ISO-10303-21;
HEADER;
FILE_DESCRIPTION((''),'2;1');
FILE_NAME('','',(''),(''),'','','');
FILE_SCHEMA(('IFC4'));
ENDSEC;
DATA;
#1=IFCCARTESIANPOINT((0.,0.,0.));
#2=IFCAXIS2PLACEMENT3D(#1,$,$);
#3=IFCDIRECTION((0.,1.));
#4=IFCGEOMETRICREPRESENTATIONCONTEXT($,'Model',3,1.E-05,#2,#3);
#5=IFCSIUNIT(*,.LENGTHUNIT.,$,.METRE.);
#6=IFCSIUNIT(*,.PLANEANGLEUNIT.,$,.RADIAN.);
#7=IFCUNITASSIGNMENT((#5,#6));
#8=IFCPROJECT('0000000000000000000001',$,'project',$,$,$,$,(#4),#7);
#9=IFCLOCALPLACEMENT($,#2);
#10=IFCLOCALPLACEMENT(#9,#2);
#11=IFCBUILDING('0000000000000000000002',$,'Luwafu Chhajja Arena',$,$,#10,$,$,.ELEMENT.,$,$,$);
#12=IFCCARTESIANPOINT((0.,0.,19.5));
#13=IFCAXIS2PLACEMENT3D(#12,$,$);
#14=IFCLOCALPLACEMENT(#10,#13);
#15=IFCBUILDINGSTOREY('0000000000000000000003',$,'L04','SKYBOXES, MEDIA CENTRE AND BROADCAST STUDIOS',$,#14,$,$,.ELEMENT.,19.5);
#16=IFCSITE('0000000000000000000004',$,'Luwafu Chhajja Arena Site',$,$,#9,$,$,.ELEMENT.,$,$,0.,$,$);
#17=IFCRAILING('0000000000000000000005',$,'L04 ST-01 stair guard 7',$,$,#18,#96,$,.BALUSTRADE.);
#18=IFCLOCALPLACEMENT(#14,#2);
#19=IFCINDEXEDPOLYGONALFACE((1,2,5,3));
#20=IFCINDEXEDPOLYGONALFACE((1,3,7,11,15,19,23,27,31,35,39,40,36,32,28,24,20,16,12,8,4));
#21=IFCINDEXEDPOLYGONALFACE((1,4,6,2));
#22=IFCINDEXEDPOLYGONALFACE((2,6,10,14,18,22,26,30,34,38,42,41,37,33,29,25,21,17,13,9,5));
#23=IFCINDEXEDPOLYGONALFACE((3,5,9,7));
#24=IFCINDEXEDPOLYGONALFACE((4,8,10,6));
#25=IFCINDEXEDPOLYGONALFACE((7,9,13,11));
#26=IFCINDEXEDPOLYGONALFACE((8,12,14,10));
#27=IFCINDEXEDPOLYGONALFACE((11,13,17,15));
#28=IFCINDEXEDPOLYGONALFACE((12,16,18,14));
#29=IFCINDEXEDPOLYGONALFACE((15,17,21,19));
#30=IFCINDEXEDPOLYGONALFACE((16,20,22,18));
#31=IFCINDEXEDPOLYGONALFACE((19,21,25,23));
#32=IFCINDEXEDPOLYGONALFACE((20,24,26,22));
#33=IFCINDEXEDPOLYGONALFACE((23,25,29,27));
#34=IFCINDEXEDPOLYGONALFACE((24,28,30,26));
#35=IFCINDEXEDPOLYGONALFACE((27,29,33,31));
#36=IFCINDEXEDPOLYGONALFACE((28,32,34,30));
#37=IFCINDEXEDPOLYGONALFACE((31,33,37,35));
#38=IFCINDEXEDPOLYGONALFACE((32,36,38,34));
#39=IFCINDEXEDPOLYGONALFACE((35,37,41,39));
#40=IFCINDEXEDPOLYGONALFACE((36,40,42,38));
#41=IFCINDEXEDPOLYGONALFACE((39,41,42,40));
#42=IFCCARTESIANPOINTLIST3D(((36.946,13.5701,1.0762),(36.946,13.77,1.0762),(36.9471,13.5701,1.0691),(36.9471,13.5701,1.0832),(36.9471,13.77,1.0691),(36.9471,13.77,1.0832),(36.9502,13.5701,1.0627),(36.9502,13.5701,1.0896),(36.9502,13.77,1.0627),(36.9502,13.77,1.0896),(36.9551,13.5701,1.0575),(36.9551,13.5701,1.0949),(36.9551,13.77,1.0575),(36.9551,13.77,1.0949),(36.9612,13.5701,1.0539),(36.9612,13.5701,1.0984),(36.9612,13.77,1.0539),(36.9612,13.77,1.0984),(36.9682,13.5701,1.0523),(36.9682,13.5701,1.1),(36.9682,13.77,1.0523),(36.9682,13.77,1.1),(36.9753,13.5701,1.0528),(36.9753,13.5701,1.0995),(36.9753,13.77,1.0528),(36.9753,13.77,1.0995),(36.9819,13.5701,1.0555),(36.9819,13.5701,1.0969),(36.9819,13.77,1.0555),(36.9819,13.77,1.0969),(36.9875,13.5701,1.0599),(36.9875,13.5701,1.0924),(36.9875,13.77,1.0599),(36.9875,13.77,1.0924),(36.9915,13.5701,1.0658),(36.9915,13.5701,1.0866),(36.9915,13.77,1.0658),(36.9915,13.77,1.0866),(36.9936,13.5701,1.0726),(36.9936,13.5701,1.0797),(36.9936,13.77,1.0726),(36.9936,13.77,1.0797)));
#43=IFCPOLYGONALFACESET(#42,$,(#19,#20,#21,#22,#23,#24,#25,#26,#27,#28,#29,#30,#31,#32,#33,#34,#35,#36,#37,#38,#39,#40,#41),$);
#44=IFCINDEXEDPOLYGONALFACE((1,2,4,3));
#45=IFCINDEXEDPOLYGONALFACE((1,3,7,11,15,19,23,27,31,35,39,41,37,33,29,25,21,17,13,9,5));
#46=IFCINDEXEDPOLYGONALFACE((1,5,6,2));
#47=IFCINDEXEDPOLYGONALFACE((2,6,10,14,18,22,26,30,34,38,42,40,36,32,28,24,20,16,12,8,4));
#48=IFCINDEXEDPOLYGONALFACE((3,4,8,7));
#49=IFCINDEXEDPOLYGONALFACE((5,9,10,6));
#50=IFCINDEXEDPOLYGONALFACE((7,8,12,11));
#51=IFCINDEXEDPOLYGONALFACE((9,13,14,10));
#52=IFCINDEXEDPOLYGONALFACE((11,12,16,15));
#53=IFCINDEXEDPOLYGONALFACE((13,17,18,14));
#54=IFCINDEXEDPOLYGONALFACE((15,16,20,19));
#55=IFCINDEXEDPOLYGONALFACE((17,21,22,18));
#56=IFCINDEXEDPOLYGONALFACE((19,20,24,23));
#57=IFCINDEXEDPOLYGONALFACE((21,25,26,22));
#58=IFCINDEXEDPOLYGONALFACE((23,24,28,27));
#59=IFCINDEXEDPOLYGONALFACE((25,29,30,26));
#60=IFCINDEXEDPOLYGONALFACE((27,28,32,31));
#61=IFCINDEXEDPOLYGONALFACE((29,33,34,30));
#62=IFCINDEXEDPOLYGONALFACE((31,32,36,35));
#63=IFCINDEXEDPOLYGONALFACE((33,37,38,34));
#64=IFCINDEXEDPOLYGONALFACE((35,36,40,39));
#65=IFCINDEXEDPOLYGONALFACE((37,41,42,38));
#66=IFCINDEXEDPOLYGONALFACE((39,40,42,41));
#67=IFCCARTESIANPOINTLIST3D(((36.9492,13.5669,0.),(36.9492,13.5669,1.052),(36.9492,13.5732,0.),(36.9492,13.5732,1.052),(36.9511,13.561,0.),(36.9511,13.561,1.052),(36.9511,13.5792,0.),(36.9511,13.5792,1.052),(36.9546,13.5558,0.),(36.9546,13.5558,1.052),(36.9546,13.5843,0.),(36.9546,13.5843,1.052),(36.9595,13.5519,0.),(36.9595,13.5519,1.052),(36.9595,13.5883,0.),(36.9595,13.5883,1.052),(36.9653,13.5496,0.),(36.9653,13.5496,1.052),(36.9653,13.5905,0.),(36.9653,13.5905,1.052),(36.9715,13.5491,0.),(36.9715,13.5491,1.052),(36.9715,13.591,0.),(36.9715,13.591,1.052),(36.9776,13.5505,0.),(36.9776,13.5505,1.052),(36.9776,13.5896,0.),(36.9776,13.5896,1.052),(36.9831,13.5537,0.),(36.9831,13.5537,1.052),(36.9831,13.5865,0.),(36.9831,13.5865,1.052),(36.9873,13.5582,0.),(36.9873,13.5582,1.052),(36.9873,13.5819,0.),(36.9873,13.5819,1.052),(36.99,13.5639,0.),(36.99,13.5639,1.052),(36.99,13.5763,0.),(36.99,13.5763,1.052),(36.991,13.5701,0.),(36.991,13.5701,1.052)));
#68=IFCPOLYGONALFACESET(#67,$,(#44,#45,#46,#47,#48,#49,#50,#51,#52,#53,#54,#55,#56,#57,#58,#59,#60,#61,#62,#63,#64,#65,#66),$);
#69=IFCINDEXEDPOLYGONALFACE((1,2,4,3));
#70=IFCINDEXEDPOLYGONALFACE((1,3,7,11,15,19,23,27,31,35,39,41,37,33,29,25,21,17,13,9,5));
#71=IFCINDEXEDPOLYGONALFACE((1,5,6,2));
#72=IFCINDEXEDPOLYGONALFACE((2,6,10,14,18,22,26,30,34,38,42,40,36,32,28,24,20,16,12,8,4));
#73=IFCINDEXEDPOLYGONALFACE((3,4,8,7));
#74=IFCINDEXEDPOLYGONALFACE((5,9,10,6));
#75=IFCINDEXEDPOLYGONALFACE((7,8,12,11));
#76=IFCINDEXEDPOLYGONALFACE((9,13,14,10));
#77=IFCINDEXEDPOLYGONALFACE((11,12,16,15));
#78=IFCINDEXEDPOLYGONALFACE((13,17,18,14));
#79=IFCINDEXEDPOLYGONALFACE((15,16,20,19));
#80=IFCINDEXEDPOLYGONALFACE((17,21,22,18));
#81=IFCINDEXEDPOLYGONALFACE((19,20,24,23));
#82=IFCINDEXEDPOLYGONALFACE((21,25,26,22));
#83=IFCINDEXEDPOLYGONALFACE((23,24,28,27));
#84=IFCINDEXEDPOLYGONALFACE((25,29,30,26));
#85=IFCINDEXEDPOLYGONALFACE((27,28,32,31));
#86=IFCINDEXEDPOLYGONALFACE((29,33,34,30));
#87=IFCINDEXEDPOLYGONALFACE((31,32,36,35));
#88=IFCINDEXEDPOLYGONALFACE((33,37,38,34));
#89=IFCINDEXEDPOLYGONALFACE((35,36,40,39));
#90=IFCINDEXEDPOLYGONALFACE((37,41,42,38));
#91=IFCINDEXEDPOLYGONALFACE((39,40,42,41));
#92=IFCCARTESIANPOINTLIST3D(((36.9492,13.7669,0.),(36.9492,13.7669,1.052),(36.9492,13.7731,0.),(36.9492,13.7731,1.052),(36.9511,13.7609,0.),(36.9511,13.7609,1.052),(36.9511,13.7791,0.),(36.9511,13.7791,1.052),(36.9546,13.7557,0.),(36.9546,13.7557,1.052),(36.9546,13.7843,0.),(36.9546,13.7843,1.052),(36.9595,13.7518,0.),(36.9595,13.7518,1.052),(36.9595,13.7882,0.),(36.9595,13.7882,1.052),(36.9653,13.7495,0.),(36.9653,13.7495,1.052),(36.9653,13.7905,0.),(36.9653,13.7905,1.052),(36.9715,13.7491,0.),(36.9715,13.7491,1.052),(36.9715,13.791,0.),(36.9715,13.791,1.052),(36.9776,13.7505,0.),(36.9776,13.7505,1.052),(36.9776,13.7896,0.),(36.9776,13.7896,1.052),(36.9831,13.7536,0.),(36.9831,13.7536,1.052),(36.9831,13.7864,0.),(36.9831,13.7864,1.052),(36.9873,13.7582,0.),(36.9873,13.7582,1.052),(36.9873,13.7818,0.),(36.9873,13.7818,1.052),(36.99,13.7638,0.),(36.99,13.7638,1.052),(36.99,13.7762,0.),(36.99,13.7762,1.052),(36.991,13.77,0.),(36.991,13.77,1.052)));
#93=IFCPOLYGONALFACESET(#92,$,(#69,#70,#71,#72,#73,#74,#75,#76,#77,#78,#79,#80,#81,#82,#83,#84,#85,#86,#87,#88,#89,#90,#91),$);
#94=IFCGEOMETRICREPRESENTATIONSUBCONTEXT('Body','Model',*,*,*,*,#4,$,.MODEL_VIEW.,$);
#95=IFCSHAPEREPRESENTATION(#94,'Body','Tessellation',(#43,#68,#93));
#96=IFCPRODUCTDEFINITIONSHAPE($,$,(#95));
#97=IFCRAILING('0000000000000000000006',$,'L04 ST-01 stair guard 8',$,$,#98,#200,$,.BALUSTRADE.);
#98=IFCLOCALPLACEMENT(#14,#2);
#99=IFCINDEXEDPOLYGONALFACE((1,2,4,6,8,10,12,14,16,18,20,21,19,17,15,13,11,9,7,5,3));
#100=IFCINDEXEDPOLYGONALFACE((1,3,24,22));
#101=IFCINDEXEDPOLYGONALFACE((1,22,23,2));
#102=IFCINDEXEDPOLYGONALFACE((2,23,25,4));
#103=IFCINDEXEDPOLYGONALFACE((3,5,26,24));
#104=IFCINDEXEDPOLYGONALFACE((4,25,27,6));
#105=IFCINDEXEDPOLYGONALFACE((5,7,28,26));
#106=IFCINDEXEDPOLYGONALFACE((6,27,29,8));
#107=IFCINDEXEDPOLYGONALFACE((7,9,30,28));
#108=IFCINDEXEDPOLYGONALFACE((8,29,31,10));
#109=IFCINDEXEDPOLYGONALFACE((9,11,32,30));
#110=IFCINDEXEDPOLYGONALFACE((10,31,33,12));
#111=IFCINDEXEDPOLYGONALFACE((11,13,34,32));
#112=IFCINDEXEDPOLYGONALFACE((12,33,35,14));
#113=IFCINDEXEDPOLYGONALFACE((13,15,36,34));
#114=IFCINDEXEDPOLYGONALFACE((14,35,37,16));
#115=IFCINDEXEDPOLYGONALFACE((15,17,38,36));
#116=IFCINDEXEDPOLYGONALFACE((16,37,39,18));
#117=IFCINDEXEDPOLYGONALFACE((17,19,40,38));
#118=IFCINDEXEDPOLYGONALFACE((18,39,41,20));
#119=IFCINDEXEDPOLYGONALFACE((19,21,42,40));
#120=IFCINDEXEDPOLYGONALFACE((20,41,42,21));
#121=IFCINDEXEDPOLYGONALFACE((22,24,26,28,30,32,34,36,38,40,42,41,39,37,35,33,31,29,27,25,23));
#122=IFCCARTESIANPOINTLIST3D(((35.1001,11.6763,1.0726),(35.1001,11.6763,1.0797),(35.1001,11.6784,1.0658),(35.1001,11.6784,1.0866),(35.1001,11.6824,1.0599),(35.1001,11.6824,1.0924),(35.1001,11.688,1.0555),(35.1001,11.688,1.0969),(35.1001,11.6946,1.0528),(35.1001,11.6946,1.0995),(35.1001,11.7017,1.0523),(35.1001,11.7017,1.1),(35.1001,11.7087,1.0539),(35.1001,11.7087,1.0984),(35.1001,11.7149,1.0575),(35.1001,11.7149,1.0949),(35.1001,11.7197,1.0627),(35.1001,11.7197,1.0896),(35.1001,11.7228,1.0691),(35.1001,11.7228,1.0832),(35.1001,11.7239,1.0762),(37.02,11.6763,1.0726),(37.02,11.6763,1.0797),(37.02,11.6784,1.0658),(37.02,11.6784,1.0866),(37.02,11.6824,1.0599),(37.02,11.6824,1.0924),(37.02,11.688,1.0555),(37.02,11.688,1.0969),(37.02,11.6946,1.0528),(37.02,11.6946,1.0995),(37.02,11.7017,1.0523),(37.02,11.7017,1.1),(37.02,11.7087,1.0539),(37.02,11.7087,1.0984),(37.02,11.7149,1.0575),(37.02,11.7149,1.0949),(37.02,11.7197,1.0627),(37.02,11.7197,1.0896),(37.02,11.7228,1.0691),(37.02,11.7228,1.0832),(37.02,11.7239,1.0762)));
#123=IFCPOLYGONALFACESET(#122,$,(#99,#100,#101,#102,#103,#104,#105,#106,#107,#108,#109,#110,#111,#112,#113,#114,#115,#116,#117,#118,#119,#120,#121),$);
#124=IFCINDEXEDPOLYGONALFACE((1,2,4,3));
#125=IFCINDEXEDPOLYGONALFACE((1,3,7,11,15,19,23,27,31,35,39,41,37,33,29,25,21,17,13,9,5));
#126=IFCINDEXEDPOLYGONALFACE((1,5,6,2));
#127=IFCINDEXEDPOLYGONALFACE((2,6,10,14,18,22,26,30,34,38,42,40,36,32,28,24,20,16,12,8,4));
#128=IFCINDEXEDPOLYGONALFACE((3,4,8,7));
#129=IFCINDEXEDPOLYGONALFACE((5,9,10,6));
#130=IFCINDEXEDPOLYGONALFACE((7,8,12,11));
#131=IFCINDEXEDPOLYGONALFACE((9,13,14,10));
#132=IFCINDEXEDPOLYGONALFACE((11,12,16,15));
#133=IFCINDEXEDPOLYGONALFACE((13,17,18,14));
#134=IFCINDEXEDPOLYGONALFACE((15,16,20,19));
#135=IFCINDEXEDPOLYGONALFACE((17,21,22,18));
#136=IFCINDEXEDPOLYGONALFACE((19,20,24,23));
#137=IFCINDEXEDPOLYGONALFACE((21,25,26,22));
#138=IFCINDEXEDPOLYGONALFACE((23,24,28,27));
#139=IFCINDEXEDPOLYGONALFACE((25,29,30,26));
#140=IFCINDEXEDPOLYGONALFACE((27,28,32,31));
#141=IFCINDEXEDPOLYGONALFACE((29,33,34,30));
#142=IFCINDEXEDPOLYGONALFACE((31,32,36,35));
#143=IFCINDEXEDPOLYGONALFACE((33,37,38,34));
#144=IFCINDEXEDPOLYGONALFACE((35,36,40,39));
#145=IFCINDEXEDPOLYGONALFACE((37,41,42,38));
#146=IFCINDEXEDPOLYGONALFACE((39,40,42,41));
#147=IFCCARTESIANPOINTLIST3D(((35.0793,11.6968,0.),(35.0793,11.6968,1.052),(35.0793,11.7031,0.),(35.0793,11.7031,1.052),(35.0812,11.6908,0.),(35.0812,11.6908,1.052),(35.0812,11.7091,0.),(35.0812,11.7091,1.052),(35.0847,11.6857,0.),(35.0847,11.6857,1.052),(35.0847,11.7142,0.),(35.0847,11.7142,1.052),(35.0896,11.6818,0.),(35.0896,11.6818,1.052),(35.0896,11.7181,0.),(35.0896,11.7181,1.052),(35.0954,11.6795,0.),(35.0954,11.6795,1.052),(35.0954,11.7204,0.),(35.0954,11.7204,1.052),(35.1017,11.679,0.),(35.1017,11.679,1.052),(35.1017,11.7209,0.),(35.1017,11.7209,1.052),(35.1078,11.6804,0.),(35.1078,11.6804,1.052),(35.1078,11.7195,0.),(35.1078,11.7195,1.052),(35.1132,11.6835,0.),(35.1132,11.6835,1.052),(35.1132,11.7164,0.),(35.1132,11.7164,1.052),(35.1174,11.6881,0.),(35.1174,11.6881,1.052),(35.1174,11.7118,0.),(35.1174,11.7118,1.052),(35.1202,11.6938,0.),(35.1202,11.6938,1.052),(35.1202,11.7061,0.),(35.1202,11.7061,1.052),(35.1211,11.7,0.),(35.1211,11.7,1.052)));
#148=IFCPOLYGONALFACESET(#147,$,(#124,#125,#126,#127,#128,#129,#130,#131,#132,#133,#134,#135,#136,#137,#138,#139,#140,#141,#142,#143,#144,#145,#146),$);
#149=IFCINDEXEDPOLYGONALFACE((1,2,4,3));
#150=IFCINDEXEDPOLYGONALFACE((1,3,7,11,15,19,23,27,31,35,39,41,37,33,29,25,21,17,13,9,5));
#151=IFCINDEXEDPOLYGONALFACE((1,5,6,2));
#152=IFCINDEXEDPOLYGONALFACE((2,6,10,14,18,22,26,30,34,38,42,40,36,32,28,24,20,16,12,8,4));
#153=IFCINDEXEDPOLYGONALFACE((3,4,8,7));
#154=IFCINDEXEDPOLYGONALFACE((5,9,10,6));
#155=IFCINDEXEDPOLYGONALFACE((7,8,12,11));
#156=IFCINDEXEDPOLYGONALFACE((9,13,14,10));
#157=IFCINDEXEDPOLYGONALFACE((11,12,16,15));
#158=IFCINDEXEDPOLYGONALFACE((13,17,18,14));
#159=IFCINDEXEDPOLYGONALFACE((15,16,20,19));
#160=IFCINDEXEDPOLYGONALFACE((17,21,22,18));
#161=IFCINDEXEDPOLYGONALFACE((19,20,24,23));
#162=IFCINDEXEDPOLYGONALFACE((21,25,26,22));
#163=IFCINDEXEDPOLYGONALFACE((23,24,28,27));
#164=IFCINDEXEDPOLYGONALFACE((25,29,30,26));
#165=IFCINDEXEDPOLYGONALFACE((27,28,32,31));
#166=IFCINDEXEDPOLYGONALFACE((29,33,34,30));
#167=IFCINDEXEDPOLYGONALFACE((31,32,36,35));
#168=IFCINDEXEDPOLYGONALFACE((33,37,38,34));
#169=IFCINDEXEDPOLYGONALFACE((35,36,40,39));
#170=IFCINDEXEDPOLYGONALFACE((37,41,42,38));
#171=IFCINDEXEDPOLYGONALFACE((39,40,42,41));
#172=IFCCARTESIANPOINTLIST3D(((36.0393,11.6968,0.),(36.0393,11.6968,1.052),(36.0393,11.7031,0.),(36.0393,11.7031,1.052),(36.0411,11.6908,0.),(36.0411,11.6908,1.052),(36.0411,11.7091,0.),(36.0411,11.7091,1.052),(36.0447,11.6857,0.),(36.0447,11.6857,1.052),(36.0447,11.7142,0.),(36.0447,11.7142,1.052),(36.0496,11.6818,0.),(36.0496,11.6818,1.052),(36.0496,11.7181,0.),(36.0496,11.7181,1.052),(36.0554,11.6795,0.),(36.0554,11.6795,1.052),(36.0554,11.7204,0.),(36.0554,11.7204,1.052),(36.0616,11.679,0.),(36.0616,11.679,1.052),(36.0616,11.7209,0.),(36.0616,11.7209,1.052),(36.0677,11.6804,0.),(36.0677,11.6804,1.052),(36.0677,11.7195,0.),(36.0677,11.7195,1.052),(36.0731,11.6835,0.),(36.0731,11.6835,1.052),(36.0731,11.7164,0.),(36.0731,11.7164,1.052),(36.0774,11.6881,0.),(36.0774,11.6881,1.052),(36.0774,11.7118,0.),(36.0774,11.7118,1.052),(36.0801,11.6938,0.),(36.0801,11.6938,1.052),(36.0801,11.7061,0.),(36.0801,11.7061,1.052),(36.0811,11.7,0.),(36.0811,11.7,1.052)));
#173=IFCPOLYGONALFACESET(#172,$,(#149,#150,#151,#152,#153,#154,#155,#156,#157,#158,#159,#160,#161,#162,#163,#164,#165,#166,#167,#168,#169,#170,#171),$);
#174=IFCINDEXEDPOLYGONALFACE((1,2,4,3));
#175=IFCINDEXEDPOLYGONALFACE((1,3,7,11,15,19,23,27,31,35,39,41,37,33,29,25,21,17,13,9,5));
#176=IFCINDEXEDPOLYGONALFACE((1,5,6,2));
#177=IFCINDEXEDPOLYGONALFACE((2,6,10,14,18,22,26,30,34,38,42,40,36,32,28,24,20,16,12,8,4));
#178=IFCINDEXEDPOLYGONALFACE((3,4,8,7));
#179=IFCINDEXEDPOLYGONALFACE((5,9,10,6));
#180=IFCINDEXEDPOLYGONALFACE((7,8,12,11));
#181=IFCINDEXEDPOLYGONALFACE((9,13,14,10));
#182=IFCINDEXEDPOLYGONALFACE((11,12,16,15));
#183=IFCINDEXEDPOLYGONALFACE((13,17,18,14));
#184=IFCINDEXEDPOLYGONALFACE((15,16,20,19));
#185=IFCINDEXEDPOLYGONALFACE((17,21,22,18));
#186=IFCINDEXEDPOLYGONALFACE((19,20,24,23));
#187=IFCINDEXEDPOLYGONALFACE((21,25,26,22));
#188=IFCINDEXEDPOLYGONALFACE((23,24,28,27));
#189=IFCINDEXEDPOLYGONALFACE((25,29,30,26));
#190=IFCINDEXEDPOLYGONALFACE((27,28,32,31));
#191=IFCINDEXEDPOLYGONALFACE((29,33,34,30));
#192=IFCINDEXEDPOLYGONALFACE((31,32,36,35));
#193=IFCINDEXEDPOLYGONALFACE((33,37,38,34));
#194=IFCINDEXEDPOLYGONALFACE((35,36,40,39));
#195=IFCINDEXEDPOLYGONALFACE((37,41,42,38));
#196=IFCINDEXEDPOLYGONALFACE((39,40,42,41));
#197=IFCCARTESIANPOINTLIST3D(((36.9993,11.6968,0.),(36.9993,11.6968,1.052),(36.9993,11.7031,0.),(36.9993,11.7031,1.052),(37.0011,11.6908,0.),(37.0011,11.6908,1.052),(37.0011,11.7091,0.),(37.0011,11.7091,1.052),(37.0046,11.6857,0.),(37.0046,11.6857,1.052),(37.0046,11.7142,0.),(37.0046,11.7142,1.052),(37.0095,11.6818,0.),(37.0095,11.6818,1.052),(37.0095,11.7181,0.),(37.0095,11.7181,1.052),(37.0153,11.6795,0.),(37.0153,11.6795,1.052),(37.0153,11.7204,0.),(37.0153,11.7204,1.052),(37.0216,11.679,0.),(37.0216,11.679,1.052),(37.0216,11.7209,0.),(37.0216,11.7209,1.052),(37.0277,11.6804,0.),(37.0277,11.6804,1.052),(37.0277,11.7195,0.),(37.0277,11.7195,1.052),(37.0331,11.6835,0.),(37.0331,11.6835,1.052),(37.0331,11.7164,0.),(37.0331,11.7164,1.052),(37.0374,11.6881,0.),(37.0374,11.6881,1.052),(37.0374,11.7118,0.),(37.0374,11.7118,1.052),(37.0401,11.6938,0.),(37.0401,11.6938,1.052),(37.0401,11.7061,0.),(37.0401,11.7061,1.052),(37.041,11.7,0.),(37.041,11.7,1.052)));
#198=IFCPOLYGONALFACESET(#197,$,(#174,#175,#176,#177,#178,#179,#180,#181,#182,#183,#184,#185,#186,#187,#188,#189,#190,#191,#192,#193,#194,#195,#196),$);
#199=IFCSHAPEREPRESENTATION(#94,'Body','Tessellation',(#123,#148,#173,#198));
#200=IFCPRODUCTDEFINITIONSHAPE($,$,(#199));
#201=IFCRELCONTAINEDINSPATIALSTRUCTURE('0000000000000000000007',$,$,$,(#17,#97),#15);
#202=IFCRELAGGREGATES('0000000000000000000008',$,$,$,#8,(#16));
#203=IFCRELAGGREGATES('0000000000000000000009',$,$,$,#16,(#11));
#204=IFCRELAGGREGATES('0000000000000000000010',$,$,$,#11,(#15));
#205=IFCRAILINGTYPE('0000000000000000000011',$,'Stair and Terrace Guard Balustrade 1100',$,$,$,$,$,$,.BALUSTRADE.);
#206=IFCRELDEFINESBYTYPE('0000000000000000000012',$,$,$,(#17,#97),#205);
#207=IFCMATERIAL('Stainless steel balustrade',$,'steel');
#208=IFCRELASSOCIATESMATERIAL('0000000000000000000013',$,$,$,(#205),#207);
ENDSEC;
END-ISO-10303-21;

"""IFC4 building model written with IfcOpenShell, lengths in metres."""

from ifc_helpers import new_model, si_unit, direction, frame, origin, origin_2d, place, context, subcontext, project, spatial, circle, extrude, material, type_object, element, save


model = new_model("IFC4")

# Units and contexts
model_context = context("Model", 3, precision=1e-05, world=origin(), true_north=direction((0.0, 1.0)))
body_context = subcontext(model_context, "Body", "Model", "MODEL_VIEW")
ifc_project = project(units=[si_unit("LENGTHUNIT", "METRE"), si_unit("PLANEANGLEUNIT", "RADIAN")], contexts=[model_context])

# Site, building, storey
site_placement = place(None, origin())
site = spatial("IfcSite", under=ifc_project, at=site_placement, Name="Luwafu Chhajja Arena Site", CompositionType="ELEMENT", RefElevation=0.0)
building_placement = place(site_placement, origin())
building = spatial("IfcBuilding", under=site, at=building_placement, Name="Luwafu Chhajja Arena", CompositionType="ELEMENT")
storey_placement = place(building_placement, frame((0.0, 0.0, 19.5)))
storey = spatial("IfcBuildingStorey", under=building, at=storey_placement, Name="L04", Description="SKYBOXES, MEDIA CENTRE AND BROADCAST STUDIOS", CompositionType="ELEMENT", Elevation=19.5)

# Railings
ifc_material_1 = material(Name="Stainless steel balustrade", Category="steel")
railing_type_1 = type_object("IfcRailingType", Name="Stair and Terrace Guard Balustrade 1100", PredefinedType="BALUSTRADE", material=ifc_material_1)
railing_1_placement = place(storey_placement, frame((36.97, 13.5701, 0.0)))
element("IfcRailing", 1, at=railing_1_placement, inside=storey, type_object=railing_type_1, Name="L04 ST-01 stair guard 7", PredefinedType="BALUSTRADE", context=body_context, shape_type="SweptSolid", body=[
    extrude(circle(Radius=0.0239, at=origin_2d()), frame((0.0, 0.0, 1.0762), z_axis=(0.0, 1.0, 0.0), x_axis=(-1.0, 0.0, 0.0)), (0.0, 0.0, 1.0), 0.2),
    extrude(circle(Radius=0.021, at=origin_2d()), origin(), (0.0, 0.0, 1.0), 1.052),
    extrude(circle(Radius=0.021, at=origin_2d()), frame((0.0, 0.2, 0.0)), (0.0, 0.0, 1.0), 1.052),
])
for number, where, name in (
    (2, (35.1001, 11.7, 0.0), "L04 ST-01 stair guard 8"),
):
    element("IfcRailing", number, at=place(storey_placement, frame(where)), inside=storey, type_object=railing_type_1, Name=name, PredefinedType="BALUSTRADE", context=body_context, shape_type="SweptSolid", body=[
        extrude(circle(Radius=0.0239, at=origin_2d()), frame((0.0, 0.0, 1.0762), z_axis=(1.0, 0.0, 0.0), x_axis=(0.0, 1.0, 0.0)), (0.0, 0.0, 1.0), 1.9199),
        extrude(circle(Radius=0.021, at=origin_2d()), origin(), (0.0, 0.0, 1.0), 1.052),
        extrude(circle(Radius=0.021, at=origin_2d()), frame((0.96, 0.0, 0.0)), (0.0, 0.0, 1.0), 1.052),
        extrude(circle(Radius=0.021, at=origin_2d()), frame((1.9199, 0.0, 0.0)), (0.0, 0.0, 1.0), 1.052),
    ])

save(model, "model.ifc")
